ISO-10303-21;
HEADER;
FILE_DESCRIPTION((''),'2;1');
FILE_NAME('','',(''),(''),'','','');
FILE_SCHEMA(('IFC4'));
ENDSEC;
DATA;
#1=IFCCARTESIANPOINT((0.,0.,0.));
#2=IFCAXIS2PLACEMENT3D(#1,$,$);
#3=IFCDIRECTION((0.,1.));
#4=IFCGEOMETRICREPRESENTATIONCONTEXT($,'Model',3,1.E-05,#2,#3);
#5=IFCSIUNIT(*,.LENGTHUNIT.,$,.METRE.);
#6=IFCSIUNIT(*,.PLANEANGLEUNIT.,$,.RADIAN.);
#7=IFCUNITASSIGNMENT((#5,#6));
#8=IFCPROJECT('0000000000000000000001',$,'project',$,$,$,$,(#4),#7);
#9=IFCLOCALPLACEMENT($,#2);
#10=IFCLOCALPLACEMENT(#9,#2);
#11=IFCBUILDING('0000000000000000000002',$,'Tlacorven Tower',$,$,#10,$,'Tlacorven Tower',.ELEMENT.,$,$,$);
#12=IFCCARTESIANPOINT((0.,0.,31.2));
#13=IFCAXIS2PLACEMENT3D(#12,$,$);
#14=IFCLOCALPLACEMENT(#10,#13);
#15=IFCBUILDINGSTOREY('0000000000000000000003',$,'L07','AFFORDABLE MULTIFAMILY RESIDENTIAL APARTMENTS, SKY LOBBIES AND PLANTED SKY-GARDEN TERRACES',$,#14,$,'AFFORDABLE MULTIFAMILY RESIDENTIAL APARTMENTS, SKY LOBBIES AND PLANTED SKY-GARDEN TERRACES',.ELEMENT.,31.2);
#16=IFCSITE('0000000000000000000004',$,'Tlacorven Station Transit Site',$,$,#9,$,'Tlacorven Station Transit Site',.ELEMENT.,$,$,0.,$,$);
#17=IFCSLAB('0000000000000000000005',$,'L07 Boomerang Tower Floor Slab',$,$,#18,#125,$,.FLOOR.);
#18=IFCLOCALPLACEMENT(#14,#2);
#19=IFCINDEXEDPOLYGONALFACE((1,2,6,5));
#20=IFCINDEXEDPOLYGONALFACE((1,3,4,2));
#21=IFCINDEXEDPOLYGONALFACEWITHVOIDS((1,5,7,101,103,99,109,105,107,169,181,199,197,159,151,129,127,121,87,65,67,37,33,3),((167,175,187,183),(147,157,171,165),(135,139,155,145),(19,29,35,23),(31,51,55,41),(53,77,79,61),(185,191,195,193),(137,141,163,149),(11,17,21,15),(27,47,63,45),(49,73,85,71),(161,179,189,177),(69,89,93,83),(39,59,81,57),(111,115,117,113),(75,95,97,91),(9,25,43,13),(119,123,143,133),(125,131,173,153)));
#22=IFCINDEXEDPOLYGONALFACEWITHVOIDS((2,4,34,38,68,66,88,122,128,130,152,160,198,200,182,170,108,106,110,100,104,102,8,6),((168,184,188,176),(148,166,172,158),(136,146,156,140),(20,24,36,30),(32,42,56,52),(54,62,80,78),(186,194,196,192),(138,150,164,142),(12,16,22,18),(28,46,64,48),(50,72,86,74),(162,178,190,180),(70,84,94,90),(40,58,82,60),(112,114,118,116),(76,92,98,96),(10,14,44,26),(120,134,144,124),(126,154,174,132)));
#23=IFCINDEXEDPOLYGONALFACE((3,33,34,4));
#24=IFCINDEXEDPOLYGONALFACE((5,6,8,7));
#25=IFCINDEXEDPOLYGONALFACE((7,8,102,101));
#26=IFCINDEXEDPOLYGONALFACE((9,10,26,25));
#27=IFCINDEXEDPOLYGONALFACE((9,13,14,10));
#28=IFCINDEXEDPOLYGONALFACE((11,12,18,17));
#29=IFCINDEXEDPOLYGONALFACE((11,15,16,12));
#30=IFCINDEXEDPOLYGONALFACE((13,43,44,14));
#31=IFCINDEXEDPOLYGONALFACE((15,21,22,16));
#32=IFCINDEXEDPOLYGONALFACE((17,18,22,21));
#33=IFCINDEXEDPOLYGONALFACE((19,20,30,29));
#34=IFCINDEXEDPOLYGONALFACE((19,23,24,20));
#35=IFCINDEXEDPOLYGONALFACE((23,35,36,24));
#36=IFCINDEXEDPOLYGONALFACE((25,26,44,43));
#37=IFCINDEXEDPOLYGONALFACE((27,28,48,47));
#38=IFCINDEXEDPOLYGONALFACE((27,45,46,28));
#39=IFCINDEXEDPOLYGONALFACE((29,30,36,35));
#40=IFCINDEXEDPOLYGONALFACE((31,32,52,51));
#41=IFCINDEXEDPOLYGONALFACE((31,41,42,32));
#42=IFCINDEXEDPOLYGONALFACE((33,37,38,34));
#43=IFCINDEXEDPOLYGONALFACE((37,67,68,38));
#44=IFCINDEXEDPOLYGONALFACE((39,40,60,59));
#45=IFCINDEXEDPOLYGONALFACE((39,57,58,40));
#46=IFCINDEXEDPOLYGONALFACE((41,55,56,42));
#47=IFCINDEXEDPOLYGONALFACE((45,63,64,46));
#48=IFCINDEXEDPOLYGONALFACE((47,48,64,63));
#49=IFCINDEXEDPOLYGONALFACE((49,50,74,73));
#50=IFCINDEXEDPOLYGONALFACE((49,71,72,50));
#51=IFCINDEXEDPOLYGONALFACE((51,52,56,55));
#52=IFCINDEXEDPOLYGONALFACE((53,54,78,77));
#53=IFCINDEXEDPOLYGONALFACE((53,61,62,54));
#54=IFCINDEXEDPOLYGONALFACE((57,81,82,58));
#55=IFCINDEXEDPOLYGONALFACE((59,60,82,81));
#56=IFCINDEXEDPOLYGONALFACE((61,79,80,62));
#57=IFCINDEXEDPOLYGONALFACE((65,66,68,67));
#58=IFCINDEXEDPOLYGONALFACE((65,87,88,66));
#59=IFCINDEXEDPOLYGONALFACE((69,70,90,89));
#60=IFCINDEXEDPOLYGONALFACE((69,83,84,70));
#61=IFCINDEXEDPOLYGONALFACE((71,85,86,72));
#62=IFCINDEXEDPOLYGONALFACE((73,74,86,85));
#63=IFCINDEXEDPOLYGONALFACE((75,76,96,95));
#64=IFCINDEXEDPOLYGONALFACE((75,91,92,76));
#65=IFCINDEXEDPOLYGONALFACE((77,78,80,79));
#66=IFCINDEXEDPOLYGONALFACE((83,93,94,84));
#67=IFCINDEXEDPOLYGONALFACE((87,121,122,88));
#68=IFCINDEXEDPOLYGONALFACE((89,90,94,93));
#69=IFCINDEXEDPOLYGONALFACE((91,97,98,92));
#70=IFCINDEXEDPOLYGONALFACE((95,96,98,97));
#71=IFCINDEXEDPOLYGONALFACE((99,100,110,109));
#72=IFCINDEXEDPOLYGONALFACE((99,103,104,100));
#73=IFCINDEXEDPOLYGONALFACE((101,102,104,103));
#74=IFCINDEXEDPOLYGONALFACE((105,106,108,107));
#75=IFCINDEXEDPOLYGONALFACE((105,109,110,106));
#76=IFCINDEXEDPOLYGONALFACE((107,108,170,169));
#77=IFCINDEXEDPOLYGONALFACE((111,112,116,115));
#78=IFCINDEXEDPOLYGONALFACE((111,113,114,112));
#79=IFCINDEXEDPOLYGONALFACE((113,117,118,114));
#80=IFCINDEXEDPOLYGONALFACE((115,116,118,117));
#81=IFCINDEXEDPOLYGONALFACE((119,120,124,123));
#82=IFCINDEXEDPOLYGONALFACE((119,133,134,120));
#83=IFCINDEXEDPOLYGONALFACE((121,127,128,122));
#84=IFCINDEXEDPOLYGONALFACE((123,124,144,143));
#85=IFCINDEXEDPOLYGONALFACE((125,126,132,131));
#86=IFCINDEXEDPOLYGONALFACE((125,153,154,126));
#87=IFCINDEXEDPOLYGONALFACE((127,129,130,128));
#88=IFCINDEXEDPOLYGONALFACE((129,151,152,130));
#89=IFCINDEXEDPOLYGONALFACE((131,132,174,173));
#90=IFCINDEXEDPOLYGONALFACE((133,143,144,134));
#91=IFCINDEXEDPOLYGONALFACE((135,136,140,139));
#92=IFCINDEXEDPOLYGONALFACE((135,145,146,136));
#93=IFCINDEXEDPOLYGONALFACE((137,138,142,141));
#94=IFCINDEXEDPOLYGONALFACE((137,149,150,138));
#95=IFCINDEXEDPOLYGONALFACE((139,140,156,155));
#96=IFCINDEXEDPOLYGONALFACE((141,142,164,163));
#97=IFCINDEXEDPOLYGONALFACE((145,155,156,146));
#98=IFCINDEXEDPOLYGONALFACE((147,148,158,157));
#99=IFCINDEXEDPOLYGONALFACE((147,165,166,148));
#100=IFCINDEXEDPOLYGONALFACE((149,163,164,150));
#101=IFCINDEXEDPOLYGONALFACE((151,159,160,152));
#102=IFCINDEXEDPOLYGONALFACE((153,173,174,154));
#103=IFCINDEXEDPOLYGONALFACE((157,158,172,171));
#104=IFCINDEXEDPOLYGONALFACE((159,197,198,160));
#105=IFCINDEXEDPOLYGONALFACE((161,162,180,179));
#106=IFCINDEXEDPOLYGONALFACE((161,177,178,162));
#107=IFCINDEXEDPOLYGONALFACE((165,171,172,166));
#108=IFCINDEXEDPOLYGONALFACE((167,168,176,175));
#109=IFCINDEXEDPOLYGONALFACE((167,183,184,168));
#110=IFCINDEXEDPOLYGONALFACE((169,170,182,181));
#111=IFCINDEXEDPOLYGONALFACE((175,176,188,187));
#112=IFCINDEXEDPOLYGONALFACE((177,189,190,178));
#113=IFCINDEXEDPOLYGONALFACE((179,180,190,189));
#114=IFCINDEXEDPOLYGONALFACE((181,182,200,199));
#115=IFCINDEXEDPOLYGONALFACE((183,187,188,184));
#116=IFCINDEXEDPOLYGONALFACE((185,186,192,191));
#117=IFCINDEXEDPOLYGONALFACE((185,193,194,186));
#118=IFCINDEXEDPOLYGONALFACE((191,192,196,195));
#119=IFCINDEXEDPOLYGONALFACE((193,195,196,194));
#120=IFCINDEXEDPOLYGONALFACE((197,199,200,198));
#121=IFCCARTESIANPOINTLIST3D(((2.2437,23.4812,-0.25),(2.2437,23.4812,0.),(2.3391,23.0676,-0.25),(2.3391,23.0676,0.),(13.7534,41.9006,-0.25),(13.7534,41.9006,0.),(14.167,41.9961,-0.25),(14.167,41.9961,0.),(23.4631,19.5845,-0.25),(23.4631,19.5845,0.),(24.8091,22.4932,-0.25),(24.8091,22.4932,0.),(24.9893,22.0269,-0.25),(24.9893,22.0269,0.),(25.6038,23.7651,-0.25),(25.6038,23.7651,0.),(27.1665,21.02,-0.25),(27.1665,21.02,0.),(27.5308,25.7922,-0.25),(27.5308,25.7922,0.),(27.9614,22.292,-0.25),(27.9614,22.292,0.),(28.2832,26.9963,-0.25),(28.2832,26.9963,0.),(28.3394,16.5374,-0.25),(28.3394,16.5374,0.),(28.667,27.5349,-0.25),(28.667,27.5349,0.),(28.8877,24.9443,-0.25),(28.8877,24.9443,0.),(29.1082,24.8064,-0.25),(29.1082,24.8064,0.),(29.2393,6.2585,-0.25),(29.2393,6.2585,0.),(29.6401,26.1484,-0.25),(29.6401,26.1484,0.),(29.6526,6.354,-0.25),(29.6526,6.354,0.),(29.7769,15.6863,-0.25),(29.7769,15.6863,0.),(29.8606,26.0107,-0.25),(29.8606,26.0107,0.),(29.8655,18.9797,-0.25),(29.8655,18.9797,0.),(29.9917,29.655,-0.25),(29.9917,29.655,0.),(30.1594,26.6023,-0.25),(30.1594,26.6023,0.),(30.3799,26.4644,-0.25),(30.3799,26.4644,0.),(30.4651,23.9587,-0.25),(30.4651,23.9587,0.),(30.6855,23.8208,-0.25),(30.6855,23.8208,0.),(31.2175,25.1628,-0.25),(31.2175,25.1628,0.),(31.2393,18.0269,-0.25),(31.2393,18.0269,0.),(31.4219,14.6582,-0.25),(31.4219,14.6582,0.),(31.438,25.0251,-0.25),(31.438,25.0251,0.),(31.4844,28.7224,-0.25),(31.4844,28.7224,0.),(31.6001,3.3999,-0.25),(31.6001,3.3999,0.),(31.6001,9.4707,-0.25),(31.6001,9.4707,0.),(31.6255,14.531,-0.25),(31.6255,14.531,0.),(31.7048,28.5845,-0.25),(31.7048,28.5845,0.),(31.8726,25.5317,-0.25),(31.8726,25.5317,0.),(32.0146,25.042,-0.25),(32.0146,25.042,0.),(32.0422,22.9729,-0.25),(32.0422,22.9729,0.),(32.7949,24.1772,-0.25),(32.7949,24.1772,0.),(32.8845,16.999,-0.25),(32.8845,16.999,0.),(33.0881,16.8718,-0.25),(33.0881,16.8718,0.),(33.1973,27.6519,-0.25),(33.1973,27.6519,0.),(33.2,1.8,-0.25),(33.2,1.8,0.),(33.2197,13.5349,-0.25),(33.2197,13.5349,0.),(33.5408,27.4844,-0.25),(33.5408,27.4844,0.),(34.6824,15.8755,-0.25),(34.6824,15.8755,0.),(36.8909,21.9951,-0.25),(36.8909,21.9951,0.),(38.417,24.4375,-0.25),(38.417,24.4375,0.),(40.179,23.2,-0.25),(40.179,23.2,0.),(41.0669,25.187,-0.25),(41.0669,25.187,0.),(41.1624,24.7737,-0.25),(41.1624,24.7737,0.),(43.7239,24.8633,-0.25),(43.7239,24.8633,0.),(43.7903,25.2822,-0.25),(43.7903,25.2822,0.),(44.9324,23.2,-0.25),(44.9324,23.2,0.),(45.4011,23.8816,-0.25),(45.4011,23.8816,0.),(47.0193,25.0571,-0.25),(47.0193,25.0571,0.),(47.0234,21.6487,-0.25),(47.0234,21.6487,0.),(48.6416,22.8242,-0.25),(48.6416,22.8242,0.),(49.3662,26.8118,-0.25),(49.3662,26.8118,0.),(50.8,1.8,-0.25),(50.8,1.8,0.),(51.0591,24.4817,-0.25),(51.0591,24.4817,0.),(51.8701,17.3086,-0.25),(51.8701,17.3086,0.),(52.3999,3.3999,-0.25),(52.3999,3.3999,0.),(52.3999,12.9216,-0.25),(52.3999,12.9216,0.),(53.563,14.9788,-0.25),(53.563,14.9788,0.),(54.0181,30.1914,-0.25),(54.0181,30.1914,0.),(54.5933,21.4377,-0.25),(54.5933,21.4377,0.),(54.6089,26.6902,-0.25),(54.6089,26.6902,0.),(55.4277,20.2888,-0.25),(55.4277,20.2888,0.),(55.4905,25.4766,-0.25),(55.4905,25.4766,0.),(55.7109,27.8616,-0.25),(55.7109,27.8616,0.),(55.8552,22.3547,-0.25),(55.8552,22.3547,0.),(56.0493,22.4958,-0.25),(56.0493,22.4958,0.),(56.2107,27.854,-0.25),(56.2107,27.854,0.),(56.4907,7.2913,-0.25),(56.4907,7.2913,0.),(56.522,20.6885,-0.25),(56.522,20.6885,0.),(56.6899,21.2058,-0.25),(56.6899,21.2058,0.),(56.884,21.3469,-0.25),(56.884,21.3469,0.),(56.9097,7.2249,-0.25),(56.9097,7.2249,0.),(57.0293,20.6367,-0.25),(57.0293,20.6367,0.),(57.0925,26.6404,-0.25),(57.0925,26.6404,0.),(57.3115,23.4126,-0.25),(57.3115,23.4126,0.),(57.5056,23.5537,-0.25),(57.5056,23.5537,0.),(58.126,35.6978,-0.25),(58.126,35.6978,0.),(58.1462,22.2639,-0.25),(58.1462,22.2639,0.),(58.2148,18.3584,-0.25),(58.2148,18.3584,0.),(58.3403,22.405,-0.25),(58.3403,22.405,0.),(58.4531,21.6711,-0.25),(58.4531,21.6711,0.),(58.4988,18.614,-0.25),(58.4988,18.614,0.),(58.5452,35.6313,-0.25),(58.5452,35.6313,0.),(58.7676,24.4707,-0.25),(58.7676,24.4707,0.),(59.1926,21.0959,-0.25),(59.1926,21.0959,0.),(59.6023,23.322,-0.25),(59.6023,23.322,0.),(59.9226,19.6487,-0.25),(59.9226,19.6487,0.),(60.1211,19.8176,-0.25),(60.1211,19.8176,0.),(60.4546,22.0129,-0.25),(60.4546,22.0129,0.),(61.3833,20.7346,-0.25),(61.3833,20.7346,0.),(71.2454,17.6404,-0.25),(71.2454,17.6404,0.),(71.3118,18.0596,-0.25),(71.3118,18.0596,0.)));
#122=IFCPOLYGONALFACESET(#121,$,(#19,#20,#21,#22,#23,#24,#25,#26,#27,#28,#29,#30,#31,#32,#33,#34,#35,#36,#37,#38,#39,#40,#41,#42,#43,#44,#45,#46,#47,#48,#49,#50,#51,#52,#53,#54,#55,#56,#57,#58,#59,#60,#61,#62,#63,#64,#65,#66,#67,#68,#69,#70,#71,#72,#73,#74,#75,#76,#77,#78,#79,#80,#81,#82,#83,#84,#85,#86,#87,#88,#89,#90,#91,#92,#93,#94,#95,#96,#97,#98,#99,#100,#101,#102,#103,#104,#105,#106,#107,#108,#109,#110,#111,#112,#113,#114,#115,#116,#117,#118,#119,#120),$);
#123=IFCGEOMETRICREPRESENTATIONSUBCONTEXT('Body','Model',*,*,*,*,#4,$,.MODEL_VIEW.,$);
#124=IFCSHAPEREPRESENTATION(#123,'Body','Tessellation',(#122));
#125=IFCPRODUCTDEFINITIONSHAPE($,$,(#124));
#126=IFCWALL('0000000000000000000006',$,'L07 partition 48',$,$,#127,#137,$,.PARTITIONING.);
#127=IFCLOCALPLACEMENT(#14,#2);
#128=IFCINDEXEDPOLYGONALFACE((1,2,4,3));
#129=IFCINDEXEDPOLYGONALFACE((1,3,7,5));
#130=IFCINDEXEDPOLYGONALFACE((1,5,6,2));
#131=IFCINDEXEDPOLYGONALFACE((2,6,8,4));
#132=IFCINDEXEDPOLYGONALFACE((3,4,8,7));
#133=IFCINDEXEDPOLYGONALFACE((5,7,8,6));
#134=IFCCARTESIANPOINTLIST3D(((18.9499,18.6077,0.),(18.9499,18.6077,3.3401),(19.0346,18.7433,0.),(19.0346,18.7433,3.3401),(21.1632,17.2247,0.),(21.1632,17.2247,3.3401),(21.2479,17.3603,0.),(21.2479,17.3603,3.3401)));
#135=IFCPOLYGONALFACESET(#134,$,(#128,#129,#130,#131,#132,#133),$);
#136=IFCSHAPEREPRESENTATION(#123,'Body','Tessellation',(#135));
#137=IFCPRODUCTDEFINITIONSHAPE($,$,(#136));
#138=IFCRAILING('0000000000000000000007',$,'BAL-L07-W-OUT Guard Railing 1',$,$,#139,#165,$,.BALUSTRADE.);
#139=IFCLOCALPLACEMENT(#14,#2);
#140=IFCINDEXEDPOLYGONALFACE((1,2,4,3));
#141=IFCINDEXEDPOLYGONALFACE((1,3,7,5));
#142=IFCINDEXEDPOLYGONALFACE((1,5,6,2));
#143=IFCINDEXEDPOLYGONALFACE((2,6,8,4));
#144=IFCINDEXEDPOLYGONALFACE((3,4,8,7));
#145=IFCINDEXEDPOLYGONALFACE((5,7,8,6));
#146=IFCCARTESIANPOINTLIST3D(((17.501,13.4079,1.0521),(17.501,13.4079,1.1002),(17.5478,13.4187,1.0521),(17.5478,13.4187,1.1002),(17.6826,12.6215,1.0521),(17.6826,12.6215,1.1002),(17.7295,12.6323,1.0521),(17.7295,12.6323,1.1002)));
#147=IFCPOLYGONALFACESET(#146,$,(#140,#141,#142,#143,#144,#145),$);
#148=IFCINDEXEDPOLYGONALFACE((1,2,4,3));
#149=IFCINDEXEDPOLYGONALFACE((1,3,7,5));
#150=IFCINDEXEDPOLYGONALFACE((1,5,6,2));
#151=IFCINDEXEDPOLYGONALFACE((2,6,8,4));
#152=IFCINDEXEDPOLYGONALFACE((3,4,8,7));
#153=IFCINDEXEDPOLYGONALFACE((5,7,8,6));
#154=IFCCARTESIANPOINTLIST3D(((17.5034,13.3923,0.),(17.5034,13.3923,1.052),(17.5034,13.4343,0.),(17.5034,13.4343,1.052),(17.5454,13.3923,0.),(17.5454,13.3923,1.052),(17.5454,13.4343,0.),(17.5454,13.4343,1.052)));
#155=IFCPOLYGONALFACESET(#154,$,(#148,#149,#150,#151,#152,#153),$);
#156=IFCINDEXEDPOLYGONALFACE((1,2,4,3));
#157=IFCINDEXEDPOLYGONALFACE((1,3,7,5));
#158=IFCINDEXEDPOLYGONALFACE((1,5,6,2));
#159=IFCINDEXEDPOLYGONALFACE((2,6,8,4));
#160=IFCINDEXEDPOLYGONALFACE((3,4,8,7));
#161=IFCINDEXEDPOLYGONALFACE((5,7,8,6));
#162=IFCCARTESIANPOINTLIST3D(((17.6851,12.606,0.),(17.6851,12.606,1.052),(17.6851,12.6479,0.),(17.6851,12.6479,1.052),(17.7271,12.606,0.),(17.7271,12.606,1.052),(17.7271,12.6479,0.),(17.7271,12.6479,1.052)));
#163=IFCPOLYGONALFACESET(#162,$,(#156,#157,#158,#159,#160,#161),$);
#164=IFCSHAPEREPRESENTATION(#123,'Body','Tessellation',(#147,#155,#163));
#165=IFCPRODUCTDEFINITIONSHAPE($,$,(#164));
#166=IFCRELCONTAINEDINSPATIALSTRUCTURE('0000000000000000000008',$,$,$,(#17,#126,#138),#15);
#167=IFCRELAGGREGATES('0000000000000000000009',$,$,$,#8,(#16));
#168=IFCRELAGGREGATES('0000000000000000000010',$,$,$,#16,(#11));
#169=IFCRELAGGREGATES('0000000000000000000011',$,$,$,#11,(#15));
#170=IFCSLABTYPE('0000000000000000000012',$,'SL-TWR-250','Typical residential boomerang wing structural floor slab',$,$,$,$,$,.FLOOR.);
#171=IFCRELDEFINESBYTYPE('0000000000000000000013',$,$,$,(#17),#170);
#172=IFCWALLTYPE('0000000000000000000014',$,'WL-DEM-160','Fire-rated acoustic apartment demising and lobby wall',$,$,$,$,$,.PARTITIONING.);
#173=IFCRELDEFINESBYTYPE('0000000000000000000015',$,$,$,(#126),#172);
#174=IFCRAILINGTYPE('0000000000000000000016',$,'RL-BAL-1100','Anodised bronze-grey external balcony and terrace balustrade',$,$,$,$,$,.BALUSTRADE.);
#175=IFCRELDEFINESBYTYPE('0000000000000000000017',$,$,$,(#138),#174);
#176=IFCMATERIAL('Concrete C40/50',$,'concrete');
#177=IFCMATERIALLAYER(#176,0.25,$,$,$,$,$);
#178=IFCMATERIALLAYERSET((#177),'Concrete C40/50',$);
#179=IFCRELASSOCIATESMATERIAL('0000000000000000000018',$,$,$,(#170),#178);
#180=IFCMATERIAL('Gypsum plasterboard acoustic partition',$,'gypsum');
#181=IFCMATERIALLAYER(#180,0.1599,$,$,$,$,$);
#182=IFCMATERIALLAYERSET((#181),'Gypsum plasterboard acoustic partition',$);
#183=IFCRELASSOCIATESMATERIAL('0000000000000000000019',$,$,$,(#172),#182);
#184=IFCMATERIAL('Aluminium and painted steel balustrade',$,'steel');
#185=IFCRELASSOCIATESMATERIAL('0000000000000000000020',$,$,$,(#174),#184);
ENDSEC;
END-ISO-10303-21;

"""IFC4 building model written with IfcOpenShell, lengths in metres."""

from ifc_helpers import new_model, si_unit, direction, frame, frame_2d, origin, origin_2d, place, context, subcontext, project, spatial, polyline, rectangle, outline, extrude, source, transform, mapped, material, layer, layer_set, type_object, element, save


model = new_model("IFC4")

# Units and contexts
model_context = context("Model", 3, precision=1e-05, world=origin(), true_north=direction((0.0, 1.0)))
body_context = subcontext(model_context, "Body", "Model", "MODEL_VIEW")
ifc_project = project(units=[si_unit("LENGTHUNIT", "METRE"), si_unit("PLANEANGLEUNIT", "RADIAN")], contexts=[model_context])

# Site, building, storey
site_placement = place(None, origin())
site = spatial("IfcSite", under=ifc_project, at=site_placement, Name="Tlacorven Station Transit Site", LongName="Tlacorven Station Transit Site", CompositionType="ELEMENT", RefElevation=0.0)
building_placement = place(site_placement, origin())
building = spatial("IfcBuilding", under=site, at=building_placement, Name="Tlacorven Tower", LongName="Tlacorven Tower", CompositionType="ELEMENT")
storey_placement = place(building_placement, frame((0.0, 0.0, 31.2)))
storey = spatial("IfcBuildingStorey", under=building, at=storey_placement, Name="L07", Description="AFFORDABLE MULTIFAMILY RESIDENTIAL APARTMENTS, SKY LOBBIES AND PLANTED SKY-GARDEN TERRACES", LongName="AFFORDABLE MULTIFAMILY RESIDENTIAL APARTMENTS, SKY LOBBIES AND PLANTED SKY-GARDEN TERRACES", CompositionType="ELEMENT", Elevation=31.2)

# Shared definitions
ifc_material_1 = material(Name="Concrete C40/50", Category="concrete")

# Slab
ifc_layer_1 = layer(ifc_material_1, 0.25)
ifc_layer_set_1 = layer_set([ifc_layer_1], Name="Concrete C40/50")
slab_type_1 = type_object("IfcSlabType", Name="SL-TWR-250", Description="Typical residential boomerang wing structural floor slab", PredefinedType="FLOOR", material=ifc_layer_set_1)
slab_1_placement = place(storey_placement, frame((0.0, 0.0, -0.25)))
element("IfcSlab", 1, at=slab_1_placement, inside=storey, type_object=slab_type_1, Name="L07 Boomerang Tower Floor Slab", PredefinedType="FLOOR", context=body_context, shape_type="SweptSolid", body=[
    extrude(outline(polyline([(52.3999, 3.3999), (50.8, 1.8), (33.2, 1.8), (31.6001, 3.3999), (31.6001, 9.4707), (29.6526, 6.354), (29.2393, 6.2585), (2.3391, 23.0676), (2.2437, 23.4812), (13.7534, 41.9006), (14.167, 41.9961), (41.0669, 25.187), (41.1624, 24.7737), (40.179, 23.2), (44.9324, 23.2), (43.7239, 24.8633), (43.7903, 25.2822), (58.126, 35.6978), (58.5452, 35.6313), (71.3118, 18.0596), (71.2454, 17.6404), (56.9097, 7.2249), (56.4907, 7.2913), (52.3999, 12.9216), (52.3999, 3.3999)]), holes=[polyline([(29.8655, 18.9797), (24.9893, 22.0269), (23.4631, 19.5845), (28.3394, 16.5374), (29.8655, 18.9797)]), polyline([(38.417, 24.4375), (33.5408, 27.4844), (32.0146, 25.042), (36.8909, 21.9951), (38.417, 24.4375)]), polyline([(51.0591, 24.4817), (55.7109, 27.8616), (54.0181, 30.1914), (49.3662, 26.8118), (51.0591, 24.4817)]), polyline([(53.563, 14.9788), (58.2148, 18.3584), (56.522, 20.6885), (51.8701, 17.3086), (53.563, 14.9788)]), polyline([(34.6824, 15.8755), (33.0881, 16.8718), (31.6255, 14.531), (33.2197, 13.5349), (34.6824, 15.8755)]), polyline([(32.8845, 16.999), (31.2393, 18.0269), (29.7769, 15.6863), (31.4219, 14.6582), (32.8845, 16.999)]), polyline([(47.0234, 21.6487), (48.6416, 22.8242), (47.0193, 25.0571), (45.4011, 23.8816), (47.0234, 21.6487)]), polyline([(33.1973, 27.6519), (31.7048, 28.5845), (30.3799, 26.4644), (31.8726, 25.5317), (33.1973, 27.6519)]), polyline([(31.4844, 28.7224), (29.9917, 29.655), (28.667, 27.5349), (30.1594, 26.6023), (31.4844, 28.7224)]), polyline([(32.7949, 24.1772), (31.438, 25.0251), (30.6855, 23.8208), (32.0422, 22.9729), (32.7949, 24.1772)]), polyline([(31.2175, 25.1628), (29.8606, 26.0107), (29.1082, 24.8064), (30.4651, 23.9587), (31.2175, 25.1628)]), polyline([(29.6401, 26.1484), (28.2832, 26.9963), (27.5308, 25.7922), (28.8877, 24.9443), (29.6401, 26.1484)]), polyline([(55.4277, 20.2888), (56.6899, 21.2058), (55.8552, 22.3547), (54.5933, 21.4377), (55.4277, 20.2888)]), polyline([(56.884, 21.3469), (58.1462, 22.2639), (57.3115, 23.4126), (56.0493, 22.4958), (56.884, 21.3469)]), polyline([(58.3403, 22.405), (59.6023, 23.322), (58.7676, 24.4707), (57.5056, 23.5537), (58.3403, 22.405)]), polyline([(58.4988, 18.614), (59.9226, 19.6487), (58.4531, 21.6711), (57.0293, 20.6367), (58.4988, 18.614)]), polyline([(27.9614, 22.292), (25.6038, 23.7651), (24.8091, 22.4932), (27.1665, 21.02), (27.9614, 22.292)]), polyline([(55.4905, 25.4766), (57.0925, 26.6404), (56.2107, 27.854), (54.6089, 26.6902), (55.4905, 25.4766)]), polyline([(60.1211, 19.8176), (61.3833, 20.7346), (60.4546, 22.0129), (59.1926, 21.0959), (60.1211, 19.8176)])]), origin(), (0.0, 0.0, 1.0), 0.25),
])

# Wall
ifc_material_2 = material(Name="Gypsum plasterboard acoustic partition", Category="gypsum")
ifc_layer_2 = layer(ifc_material_2, 0.1599)
ifc_layer_set_2 = layer_set([ifc_layer_2], Name="Gypsum plasterboard acoustic partition")
wall_type = type_object("IfcWallType", Name="WL-DEM-160", Description="Fire-rated acoustic apartment demising and lobby wall", PredefinedType="PARTITIONING", material=ifc_layer_set_2)
wall_placement = place(storey_placement, frame((21.2056, 17.2925, 0.0), z_axis=(0.0, 0.0, 1.0), x_axis=(-0.848051, 0.529915, 0.0)))
element("IfcWall", 2, at=wall_placement, inside=storey, type_object=wall_type, Name="L07 partition 48", PredefinedType="PARTITIONING", context=body_context, shape_type="SweptSolid", body=[
    extrude(rectangle(XDim=2.6099, YDim=0.1599, at=frame_2d((1.3049, 0.0))), origin(), (0.0, 0.0, 1.0), 3.3401),
])

# Railing
ifc_material_3 = material(Name="Aluminium and painted steel balustrade", Category="steel")
railing_type = type_object("IfcRailingType", Name="RL-BAL-1100", Description="Anodised bronze-grey external balcony and terrace balustrade", PredefinedType="BALUSTRADE", material=ifc_material_3)
shared_shape_1 = source(origin(), body_context, "Body", "SweptSolid", [
    extrude(rectangle(XDim=0.0481, YDim=0.0481, at=origin_2d()), frame((0.0, 0.0, 1.0762), z_axis=(0.225058, -0.974345, 0.0), x_axis=(0.974345, 0.225058, 0.0)), (0.0, 0.0, 1.0), 0.8071),
    extrude(rectangle(XDim=0.042, YDim=0.042, at=origin_2d()), origin(), (0.0, 0.0, 1.0), 1.052),
    extrude(rectangle(XDim=0.042, YDim=0.042, at=origin_2d()), frame((0.1816, -0.7864, 0.0)), (0.0, 0.0, 1.0), 1.052),
])
railing_1_placement = place(storey_placement, frame((17.5244, 13.4133, 0.0)))
element("IfcRailing", 3, at=railing_1_placement, inside=storey, type_object=railing_type, Name="BAL-L07-W-OUT Guard Railing 1", PredefinedType="BALUSTRADE", context=body_context, shape_type="MappedRepresentation", body=[
    mapped(shared_shape_1, transform((0.0, 0.0, 0.0), scale=1.0)),
])

save(model, "model.ifc")
